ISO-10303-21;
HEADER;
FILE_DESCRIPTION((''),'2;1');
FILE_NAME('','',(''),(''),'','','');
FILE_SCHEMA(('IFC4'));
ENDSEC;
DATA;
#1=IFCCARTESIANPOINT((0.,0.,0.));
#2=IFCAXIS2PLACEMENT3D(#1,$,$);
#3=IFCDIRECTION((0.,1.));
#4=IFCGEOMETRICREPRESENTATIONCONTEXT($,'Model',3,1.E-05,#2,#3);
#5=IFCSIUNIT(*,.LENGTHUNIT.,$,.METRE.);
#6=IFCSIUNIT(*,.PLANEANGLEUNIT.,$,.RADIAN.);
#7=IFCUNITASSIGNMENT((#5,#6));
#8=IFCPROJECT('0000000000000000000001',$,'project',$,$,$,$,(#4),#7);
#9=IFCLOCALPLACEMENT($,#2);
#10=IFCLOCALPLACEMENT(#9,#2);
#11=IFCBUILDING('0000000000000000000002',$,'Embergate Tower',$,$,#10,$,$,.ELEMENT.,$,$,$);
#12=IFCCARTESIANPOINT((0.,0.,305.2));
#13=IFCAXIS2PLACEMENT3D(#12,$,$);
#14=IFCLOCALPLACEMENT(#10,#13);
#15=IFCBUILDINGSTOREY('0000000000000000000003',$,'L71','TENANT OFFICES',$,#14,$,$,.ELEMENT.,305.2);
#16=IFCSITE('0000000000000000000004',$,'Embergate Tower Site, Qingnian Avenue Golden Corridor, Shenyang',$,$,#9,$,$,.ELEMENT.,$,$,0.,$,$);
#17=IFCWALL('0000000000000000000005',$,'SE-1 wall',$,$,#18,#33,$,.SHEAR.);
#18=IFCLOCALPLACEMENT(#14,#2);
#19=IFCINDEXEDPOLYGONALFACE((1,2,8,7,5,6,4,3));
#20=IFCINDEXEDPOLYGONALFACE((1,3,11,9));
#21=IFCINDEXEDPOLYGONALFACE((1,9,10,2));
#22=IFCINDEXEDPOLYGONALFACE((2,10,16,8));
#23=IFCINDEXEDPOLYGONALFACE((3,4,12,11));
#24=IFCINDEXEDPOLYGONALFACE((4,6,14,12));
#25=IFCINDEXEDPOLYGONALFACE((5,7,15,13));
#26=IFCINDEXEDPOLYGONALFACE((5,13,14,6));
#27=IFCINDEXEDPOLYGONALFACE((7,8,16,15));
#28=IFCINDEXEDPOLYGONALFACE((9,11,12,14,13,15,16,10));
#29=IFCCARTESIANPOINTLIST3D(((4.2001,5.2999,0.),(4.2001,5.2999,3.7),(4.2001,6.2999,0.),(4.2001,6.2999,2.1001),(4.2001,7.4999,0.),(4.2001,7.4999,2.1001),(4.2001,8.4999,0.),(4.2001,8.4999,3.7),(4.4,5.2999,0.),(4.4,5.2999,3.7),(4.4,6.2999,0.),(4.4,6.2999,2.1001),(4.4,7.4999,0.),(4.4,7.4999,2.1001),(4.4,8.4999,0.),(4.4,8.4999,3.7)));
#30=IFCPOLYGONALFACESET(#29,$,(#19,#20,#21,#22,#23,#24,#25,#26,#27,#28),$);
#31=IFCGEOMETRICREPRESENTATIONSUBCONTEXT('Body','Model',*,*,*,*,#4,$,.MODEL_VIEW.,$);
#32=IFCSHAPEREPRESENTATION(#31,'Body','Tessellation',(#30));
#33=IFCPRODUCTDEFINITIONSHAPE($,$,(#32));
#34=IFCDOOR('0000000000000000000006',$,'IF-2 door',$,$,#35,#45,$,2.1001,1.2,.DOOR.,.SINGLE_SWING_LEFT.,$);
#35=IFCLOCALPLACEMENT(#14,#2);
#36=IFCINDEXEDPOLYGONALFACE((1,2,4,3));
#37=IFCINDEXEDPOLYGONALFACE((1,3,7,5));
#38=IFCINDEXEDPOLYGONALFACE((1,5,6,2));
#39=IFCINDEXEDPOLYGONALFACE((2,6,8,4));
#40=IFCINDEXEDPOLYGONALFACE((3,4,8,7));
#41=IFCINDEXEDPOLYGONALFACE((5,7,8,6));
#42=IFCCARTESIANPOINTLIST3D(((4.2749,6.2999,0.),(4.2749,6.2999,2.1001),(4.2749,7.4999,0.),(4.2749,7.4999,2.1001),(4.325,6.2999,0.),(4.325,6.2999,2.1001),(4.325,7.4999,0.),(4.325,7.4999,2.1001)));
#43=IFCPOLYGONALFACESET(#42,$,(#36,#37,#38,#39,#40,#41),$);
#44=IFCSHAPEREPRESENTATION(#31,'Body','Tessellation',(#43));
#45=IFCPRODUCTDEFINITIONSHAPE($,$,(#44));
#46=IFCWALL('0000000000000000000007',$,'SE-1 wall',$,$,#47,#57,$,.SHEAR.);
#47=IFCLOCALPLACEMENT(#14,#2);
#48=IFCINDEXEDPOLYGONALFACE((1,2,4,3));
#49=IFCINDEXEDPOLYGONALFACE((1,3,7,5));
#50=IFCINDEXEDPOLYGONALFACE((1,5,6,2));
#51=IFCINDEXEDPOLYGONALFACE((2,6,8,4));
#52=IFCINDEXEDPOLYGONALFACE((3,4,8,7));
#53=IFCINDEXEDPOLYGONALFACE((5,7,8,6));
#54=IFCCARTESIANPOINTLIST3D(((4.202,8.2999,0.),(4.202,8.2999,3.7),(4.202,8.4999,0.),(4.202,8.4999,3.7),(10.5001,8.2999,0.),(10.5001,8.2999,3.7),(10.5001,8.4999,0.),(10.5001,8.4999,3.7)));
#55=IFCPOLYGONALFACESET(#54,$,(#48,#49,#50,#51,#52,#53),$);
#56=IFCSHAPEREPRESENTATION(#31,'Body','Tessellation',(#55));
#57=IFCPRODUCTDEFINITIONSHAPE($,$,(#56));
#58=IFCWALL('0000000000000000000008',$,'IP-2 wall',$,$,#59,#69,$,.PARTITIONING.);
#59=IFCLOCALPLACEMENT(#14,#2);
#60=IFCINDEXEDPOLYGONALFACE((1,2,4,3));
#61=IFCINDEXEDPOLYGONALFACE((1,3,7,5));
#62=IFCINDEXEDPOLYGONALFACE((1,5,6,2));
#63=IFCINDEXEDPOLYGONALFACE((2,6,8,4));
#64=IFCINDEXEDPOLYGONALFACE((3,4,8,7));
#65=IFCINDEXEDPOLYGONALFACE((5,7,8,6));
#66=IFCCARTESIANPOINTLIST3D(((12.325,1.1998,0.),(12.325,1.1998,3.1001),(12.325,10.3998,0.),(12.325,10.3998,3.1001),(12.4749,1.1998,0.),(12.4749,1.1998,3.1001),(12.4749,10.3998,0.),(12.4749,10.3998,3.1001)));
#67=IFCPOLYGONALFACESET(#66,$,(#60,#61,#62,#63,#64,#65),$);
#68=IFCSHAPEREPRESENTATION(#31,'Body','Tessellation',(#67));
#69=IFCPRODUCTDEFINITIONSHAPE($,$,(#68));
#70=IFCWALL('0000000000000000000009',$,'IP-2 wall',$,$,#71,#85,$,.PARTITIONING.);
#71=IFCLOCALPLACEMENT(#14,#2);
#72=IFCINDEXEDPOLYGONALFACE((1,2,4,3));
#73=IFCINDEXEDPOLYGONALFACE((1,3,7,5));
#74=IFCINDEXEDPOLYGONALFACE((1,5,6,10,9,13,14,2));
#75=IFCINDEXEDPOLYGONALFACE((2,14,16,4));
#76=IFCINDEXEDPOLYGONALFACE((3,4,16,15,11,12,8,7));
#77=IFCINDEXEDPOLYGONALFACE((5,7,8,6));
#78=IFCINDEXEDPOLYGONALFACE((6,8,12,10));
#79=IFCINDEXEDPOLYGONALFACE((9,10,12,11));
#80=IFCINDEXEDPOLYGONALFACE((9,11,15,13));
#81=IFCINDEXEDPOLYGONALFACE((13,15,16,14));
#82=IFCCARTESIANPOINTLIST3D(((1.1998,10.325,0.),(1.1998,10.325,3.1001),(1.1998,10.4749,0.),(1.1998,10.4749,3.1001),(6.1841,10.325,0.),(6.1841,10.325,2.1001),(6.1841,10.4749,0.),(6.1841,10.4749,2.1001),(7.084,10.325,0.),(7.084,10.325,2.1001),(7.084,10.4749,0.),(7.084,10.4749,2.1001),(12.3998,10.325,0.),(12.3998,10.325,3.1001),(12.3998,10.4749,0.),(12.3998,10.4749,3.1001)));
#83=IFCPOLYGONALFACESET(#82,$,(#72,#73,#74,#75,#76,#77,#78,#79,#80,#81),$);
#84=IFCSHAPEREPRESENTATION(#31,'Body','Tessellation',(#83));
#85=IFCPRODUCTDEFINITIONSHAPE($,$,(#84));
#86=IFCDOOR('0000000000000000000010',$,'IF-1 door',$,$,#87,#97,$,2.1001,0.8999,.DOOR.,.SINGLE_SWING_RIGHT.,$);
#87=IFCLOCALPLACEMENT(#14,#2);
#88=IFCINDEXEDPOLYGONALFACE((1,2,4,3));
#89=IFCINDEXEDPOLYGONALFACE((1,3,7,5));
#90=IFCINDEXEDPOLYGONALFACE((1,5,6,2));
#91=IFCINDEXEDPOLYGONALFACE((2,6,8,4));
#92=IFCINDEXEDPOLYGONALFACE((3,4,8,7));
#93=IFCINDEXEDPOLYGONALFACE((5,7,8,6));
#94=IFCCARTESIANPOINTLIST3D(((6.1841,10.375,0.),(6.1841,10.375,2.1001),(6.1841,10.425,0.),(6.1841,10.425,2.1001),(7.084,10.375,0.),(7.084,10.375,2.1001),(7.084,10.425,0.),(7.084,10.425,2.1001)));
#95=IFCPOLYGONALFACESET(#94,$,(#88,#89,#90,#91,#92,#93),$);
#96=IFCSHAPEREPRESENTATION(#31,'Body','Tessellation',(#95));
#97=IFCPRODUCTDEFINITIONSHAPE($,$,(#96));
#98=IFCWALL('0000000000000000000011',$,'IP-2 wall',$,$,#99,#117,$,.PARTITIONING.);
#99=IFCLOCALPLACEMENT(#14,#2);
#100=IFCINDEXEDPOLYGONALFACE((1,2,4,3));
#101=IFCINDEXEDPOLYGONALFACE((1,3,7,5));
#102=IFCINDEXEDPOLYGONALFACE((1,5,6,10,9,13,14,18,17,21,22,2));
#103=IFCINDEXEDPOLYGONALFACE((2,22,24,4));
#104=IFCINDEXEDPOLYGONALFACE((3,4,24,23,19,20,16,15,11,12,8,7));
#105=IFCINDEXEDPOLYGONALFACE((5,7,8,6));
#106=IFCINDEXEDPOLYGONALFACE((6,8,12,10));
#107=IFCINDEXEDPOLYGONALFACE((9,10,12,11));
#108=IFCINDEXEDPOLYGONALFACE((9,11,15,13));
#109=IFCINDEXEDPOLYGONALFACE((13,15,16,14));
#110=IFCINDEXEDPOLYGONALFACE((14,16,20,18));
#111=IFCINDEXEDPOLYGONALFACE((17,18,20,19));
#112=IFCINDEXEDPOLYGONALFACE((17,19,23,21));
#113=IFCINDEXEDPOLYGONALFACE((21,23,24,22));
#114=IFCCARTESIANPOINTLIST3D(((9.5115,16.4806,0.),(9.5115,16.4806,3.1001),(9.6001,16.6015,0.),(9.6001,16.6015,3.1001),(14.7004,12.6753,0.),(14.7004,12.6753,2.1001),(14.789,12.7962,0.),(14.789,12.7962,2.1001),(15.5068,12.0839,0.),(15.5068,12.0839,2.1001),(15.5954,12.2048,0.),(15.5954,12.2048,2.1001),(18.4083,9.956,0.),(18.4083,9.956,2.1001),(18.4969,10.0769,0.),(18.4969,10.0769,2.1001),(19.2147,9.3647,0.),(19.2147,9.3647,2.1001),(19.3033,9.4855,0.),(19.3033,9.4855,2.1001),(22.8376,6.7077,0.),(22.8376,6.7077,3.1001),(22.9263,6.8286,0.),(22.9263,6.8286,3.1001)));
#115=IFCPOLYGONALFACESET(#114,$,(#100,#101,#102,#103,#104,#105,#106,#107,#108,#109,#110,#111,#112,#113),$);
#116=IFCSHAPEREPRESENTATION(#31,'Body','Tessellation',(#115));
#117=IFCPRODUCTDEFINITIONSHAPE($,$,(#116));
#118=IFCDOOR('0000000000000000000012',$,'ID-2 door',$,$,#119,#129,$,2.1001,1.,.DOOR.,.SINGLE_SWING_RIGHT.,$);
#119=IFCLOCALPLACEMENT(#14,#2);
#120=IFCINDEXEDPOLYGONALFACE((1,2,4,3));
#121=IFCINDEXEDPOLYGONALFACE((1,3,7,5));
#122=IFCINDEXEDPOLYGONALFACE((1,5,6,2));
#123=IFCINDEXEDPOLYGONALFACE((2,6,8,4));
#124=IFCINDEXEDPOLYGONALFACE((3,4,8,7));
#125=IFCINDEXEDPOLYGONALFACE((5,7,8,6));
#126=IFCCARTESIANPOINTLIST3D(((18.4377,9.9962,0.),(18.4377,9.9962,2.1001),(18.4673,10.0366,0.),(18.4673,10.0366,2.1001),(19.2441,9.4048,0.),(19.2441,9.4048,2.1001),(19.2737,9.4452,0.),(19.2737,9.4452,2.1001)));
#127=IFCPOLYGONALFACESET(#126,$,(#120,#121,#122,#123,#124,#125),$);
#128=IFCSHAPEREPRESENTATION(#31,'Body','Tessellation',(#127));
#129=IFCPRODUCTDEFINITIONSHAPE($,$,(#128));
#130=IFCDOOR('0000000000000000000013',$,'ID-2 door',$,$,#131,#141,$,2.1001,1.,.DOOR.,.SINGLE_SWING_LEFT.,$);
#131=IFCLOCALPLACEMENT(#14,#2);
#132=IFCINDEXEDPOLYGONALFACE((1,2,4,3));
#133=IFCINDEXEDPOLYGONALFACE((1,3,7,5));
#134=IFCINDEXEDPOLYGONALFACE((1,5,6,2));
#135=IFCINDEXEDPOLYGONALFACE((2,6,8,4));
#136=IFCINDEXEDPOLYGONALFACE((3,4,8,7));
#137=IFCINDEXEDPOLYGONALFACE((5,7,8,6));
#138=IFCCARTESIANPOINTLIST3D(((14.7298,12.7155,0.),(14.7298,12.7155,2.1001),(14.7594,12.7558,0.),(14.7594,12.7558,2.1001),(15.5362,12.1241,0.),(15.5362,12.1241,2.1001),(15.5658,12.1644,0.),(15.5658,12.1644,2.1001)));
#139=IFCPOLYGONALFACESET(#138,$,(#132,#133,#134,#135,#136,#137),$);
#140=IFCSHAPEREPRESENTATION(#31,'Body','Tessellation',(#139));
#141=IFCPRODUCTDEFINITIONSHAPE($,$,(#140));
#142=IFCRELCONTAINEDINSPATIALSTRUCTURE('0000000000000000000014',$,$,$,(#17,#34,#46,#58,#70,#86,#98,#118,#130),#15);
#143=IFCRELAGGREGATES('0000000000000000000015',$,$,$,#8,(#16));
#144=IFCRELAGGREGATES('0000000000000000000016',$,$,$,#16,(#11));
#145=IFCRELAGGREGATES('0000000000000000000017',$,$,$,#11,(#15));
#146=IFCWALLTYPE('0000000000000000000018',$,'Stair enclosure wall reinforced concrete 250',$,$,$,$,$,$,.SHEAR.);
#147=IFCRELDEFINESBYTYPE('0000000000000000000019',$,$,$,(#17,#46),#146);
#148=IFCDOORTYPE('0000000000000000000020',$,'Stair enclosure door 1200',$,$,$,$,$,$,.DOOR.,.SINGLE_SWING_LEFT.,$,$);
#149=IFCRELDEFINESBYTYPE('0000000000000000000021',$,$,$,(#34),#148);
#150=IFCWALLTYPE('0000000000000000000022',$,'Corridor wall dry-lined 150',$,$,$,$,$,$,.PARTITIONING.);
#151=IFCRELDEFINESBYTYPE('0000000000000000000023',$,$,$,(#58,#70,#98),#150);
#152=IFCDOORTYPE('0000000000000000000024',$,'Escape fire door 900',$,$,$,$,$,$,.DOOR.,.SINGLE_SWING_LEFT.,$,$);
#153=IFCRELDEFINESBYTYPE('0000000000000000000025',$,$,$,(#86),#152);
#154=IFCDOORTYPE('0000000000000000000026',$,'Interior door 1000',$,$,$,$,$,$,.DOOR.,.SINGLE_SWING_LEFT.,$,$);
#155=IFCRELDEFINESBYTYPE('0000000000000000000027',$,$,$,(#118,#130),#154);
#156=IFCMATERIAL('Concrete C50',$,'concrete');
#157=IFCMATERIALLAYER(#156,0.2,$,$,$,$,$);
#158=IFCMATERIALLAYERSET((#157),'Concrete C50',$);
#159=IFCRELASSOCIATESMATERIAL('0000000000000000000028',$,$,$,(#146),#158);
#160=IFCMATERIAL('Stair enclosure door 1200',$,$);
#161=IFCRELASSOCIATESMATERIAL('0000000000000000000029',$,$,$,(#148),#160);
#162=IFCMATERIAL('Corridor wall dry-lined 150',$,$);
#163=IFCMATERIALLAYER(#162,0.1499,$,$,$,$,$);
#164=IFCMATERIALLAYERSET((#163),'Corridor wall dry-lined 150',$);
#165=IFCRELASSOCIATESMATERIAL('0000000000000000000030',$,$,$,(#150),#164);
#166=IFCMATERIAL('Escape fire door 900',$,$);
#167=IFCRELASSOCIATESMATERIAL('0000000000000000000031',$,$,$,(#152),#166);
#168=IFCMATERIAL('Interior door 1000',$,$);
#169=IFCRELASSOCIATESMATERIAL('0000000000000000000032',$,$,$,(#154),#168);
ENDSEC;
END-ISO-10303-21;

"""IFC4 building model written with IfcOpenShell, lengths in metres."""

from ifc_helpers import new_model, si_unit, direction, frame, frame_2d, origin, place, context, subcontext, project, spatial, rectangle, extrude, source, transform, mapped, material, layer, layer_set, type_object, element, fill, save


model = new_model("IFC4")

# Units and contexts
model_context = context("Model", 3, precision=1e-05, world=origin(), true_north=direction((0.0, 1.0)))
body_context = subcontext(model_context, "Body", "Model", "MODEL_VIEW")
ifc_project = project(units=[si_unit("LENGTHUNIT", "METRE"), si_unit("PLANEANGLEUNIT", "RADIAN")], contexts=[model_context])

# Site, building, storey
site_placement = place(None, origin())
site = spatial("IfcSite", under=ifc_project, at=site_placement, Name="Embergate Tower Site, Qingnian Avenue Golden Corridor, Shenyang", CompositionType="ELEMENT", RefElevation=0.0)
building_placement = place(site_placement, origin())
building = spatial("IfcBuilding", under=site, at=building_placement, Name="Embergate Tower", CompositionType="ELEMENT")
storey_placement = place(building_placement, frame((0.0, 0.0, 305.2)))
storey = spatial("IfcBuildingStorey", under=building, at=storey_placement, Name="L71", Description="TENANT OFFICES", CompositionType="ELEMENT", Elevation=305.2)

# Wall, opening, door
ifc_material_1 = material(Name="Concrete C50", Category="concrete")
ifc_layer_1 = layer(ifc_material_1, 0.2)
ifc_layer_set_1 = layer_set([ifc_layer_1], Name="Concrete C50")
wall_type_1 = type_object("IfcWallType", Name="Stair enclosure wall reinforced concrete 250", PredefinedType="SHEAR", material=ifc_layer_set_1)
shared_shape_1 = source(origin(), body_context, "Body", "SweptSolid", [
    extrude(rectangle(XDim=3.2, YDim=0.2, at=frame_2d((1.6001, 0.0))), origin(), (0.0, 0.0, 1.0), 3.7),
])
wall_1_placement = place(storey_placement, frame((4.3, 8.5, 0.0), z_axis=(0.0, 0.0, 1.0), x_axis=(0.0, -1.0, 0.0)))
wall_1 = element("IfcWall", 1, at=wall_1_placement, inside=storey, type_object=wall_type_1, Name="SE-1 wall", PredefinedType="SHEAR", context=body_context, shape_type="MappedRepresentation", body=[
    mapped(shared_shape_1, transform((0.0, 0.0, 0.0))),
])
shared_shape_2 = source(origin(), body_context, "Body", "SweptSolid", [
    extrude(rectangle(XDim=1.2, YDim=2.1001, at=frame_2d((0.6001, 1.05))), frame((0.0, 0.1099, 0.0), z_axis=(0.0, -1.0, 0.0), x_axis=(1.0, 0.0, 0.0)), (0.0, 0.0, 1.0), 0.22),
])
opening_1_placement = place(wall_1_placement, frame((1.0, 0.0, 0.0)))
opening_1 = element("IfcOpeningElement", 2, at=opening_1_placement, cuts=wall_1, PredefinedType="OPENING", context=body_context, shape_type="MappedRepresentation", body=[
    mapped(shared_shape_2, transform((0.0, 0.0, 0.0))),
])
ifc_material_2 = material(Name="Stair enclosure door 1200")
door_type_1 = type_object("IfcDoorType", Name="Stair enclosure door 1200", OperationType="SINGLE_SWING_LEFT", PredefinedType="DOOR", material=ifc_material_2)
shared_shape_3 = source(origin(), body_context, "Body", "SweptSolid", [
    extrude(rectangle(XDim=1.2, YDim=2.1001, at=frame_2d((0.6001, 1.05))), frame((0.0, 0.0249, 0.0), z_axis=(0.0, -1.0, 0.0), x_axis=(1.0, 0.0, 0.0)), (0.0, 0.0, 1.0), 0.05),
])
door_1_placement = place(opening_1_placement, origin())
door_1 = element("IfcDoor", 3, at=door_1_placement, inside=storey, type_object=door_type_1, Name="IF-2 door", OperationType="SINGLE_SWING_LEFT", OverallHeight=2.1001, OverallWidth=1.2, PredefinedType="DOOR", context=body_context, shape_type="MappedRepresentation", body=[
    mapped(shared_shape_3, transform((0.0, 0.0, 0.0))),
])
fill(opening_1, door_1)

# Walls
shared_shape_4 = source(origin(), body_context, "Body", "SweptSolid", [
    extrude(rectangle(XDim=6.2981, YDim=0.2, at=frame_2d((3.1489, 0.0))), origin(), (0.0, 0.0, 1.0), 3.7),
])
wall_2_placement = place(storey_placement, frame((10.5, 8.3999, 0.0), z_axis=(0.0, 0.0, 1.0), x_axis=(-1.0, 0.0, 0.0)))
element("IfcWall", 4, at=wall_2_placement, inside=storey, type_object=wall_type_1, Name="SE-1 wall", PredefinedType="SHEAR", context=body_context, shape_type="MappedRepresentation", body=[
    mapped(shared_shape_4, transform((0.0, 0.0, 0.0))),
])
ifc_material_3 = material(Name="Corridor wall dry-lined 150")
ifc_layer_2 = layer(ifc_material_3, 0.1499)
ifc_layer_set_2 = layer_set([ifc_layer_2], Name="Corridor wall dry-lined 150")
wall_type_2 = type_object("IfcWallType", Name="Corridor wall dry-lined 150", PredefinedType="PARTITIONING", material=ifc_layer_set_2)
shared_shape_5 = source(origin(), body_context, "Body", "SweptSolid", [
    extrude(rectangle(XDim=9.2, YDim=0.1499, at=frame_2d((4.6001, 0.0))), origin(), (0.0, 0.0, 1.0), 3.1001),
])
wall_3_placement = place(storey_placement, frame((12.3999, 10.3999, 0.0), z_axis=(0.0, 0.0, 1.0), x_axis=(0.0, -1.0, 0.0)))
element("IfcWall", 5, at=wall_3_placement, inside=storey, type_object=wall_type_2, Name="IP-2 wall", PredefinedType="PARTITIONING", context=body_context, shape_type="MappedRepresentation", body=[
    mapped(shared_shape_5, transform((0.0, 0.0, 0.0))),
])

# Wall, opening, door
shared_shape_6 = source(origin(), body_context, "Body", "SweptSolid", [
    extrude(rectangle(XDim=11.2, YDim=0.1499, at=frame_2d((5.6001, 0.0))), origin(), (0.0, 0.0, 1.0), 3.1001),
])
wall_4_placement = place(storey_placement, frame((12.3999, 10.3999, 0.0), z_axis=(0.0, 0.0, 1.0), x_axis=(-1.0, 0.0, 0.0)))
wall_4 = element("IfcWall", 6, at=wall_4_placement, inside=storey, type_object=wall_type_2, Name="IP-2 wall", PredefinedType="PARTITIONING", context=body_context, shape_type="MappedRepresentation", body=[
    mapped(shared_shape_6, transform((0.0, 0.0, 0.0))),
])
shared_shape_7 = source(origin(), body_context, "Body", "SweptSolid", [
    extrude(rectangle(XDim=0.8999, YDim=2.1001, at=frame_2d((0.45, 1.05))), frame((0.0, 0.085, 0.0), z_axis=(0.0, -1.0, 0.0), x_axis=(1.0, 0.0, 0.0)), (0.0, 0.0, 1.0), 0.1699),
])
opening_2_placement = place(wall_4_placement, frame((5.3159, 0.0, 0.0)))
opening_2 = element("IfcOpeningElement", 7, at=opening_2_placement, cuts=wall_4, PredefinedType="OPENING", context=body_context, shape_type="MappedRepresentation", body=[
    mapped(shared_shape_7, transform((0.0, 0.0, 0.0))),
])
ifc_material_4 = material(Name="Escape fire door 900")
door_type_2 = type_object("IfcDoorType", Name="Escape fire door 900", OperationType="SINGLE_SWING_LEFT", PredefinedType="DOOR", material=ifc_material_4)
shared_shape_8 = source(origin(), body_context, "Body", "SweptSolid", [
    extrude(rectangle(XDim=0.8999, YDim=2.1001, at=frame_2d((0.45, 1.05))), frame((0.0, 0.0249, 0.0), z_axis=(0.0, -1.0, 0.0), x_axis=(1.0, 0.0, 0.0)), (0.0, 0.0, 1.0), 0.05),
])
door_2_placement = place(opening_2_placement, origin())
door_2 = element("IfcDoor", 8, at=door_2_placement, inside=storey, type_object=door_type_2, Name="IF-1 door", OperationType="SINGLE_SWING_RIGHT", OverallHeight=2.1001, OverallWidth=0.8999, PredefinedType="DOOR", context=body_context, shape_type="MappedRepresentation", body=[
    mapped(shared_shape_8, transform((0.0, 0.0, 0.0))),
])
fill(opening_2, door_2)

# Wall, openings, doors
shared_shape_9 = source(origin(), body_context, "Body", "SweptSolid", [
    extrude(rectangle(XDim=16.5256, YDim=0.1499, at=frame_2d((8.2627, 0.0))), origin(), (0.0, 0.0, 1.0), 3.1001),
])
wall_5_placement = place(storey_placement, frame((9.5559, 16.541, 0.0), z_axis=(0.0, 0.0, 1.0), x_axis=(0.806393, -0.59138, 0.0)))
wall_5 = element("IfcWall", 9, at=wall_5_placement, inside=storey, type_object=wall_type_2, Name="IP-2 wall", PredefinedType="PARTITIONING", context=body_context, shape_type="MappedRepresentation", body=[
    mapped(shared_shape_9, transform((0.0, 0.0, 0.0))),
])
shared_shape_10 = source(origin(), body_context, "Body", "SweptSolid", [
    extrude(rectangle(XDim=1.0, YDim=2.1001, at=frame_2d((0.5, 1.05))), frame((0.0, 0.085, 0.0), z_axis=(0.0, -1.0, 0.0), x_axis=(1.0, 0.0, 0.0)), (0.0, 0.0, 1.0), 0.1699),
])
opening_3_placement = place(wall_5_placement, frame((11.0327, 0.0, 0.0)))
opening_3 = element("IfcOpeningElement", 10, at=opening_3_placement, cuts=wall_5, PredefinedType="OPENING", context=body_context, shape_type="MappedRepresentation", body=[
    mapped(shared_shape_10, transform((0.0, 0.0, 0.0))),
])
opening_4_placement = place(wall_5_placement, frame((6.4346, 0.0, 0.0)))
opening_4 = element("IfcOpeningElement", 11, at=opening_4_placement, cuts=wall_5, PredefinedType="OPENING", context=body_context, shape_type="MappedRepresentation", body=[
    mapped(shared_shape_10, transform((0.0, 0.0, 0.0))),
])
ifc_material_5 = material(Name="Interior door 1000")
door_type_3 = type_object("IfcDoorType", Name="Interior door 1000", OperationType="SINGLE_SWING_LEFT", PredefinedType="DOOR", material=ifc_material_5)
shared_shape_11 = source(origin(), body_context, "Body", "SweptSolid", [
    extrude(rectangle(XDim=1.0, YDim=2.1001, at=frame_2d((0.5, 1.05))), frame((0.0, 0.0249, 0.0), z_axis=(0.0, -1.0, 0.0), x_axis=(1.0, 0.0, 0.0)), (0.0, 0.0, 1.0), 0.05),
])
door_3_placement = place(opening_3_placement, origin())
door_3 = element("IfcDoor", 12, at=door_3_placement, inside=storey, type_object=door_type_3, Name="ID-2 door", OperationType="SINGLE_SWING_RIGHT", OverallHeight=2.1001, OverallWidth=1.0, PredefinedType="DOOR", context=body_context, shape_type="MappedRepresentation", body=[
    mapped(shared_shape_11, transform((0.0, 0.0, 0.0))),
])
fill(opening_3, door_3)
door_4_placement = place(opening_4_placement, origin())
door_4 = element("IfcDoor", 13, at=door_4_placement, inside=storey, type_object=door_type_3, Name="ID-2 door", OperationType="SINGLE_SWING_LEFT", OverallHeight=2.1001, OverallWidth=1.0, PredefinedType="DOOR", context=body_context, shape_type="MappedRepresentation", body=[
    mapped(shared_shape_11, transform((0.0, 0.0, 0.0))),
])
fill(opening_4, door_4)

save(model, "model.ifc")
